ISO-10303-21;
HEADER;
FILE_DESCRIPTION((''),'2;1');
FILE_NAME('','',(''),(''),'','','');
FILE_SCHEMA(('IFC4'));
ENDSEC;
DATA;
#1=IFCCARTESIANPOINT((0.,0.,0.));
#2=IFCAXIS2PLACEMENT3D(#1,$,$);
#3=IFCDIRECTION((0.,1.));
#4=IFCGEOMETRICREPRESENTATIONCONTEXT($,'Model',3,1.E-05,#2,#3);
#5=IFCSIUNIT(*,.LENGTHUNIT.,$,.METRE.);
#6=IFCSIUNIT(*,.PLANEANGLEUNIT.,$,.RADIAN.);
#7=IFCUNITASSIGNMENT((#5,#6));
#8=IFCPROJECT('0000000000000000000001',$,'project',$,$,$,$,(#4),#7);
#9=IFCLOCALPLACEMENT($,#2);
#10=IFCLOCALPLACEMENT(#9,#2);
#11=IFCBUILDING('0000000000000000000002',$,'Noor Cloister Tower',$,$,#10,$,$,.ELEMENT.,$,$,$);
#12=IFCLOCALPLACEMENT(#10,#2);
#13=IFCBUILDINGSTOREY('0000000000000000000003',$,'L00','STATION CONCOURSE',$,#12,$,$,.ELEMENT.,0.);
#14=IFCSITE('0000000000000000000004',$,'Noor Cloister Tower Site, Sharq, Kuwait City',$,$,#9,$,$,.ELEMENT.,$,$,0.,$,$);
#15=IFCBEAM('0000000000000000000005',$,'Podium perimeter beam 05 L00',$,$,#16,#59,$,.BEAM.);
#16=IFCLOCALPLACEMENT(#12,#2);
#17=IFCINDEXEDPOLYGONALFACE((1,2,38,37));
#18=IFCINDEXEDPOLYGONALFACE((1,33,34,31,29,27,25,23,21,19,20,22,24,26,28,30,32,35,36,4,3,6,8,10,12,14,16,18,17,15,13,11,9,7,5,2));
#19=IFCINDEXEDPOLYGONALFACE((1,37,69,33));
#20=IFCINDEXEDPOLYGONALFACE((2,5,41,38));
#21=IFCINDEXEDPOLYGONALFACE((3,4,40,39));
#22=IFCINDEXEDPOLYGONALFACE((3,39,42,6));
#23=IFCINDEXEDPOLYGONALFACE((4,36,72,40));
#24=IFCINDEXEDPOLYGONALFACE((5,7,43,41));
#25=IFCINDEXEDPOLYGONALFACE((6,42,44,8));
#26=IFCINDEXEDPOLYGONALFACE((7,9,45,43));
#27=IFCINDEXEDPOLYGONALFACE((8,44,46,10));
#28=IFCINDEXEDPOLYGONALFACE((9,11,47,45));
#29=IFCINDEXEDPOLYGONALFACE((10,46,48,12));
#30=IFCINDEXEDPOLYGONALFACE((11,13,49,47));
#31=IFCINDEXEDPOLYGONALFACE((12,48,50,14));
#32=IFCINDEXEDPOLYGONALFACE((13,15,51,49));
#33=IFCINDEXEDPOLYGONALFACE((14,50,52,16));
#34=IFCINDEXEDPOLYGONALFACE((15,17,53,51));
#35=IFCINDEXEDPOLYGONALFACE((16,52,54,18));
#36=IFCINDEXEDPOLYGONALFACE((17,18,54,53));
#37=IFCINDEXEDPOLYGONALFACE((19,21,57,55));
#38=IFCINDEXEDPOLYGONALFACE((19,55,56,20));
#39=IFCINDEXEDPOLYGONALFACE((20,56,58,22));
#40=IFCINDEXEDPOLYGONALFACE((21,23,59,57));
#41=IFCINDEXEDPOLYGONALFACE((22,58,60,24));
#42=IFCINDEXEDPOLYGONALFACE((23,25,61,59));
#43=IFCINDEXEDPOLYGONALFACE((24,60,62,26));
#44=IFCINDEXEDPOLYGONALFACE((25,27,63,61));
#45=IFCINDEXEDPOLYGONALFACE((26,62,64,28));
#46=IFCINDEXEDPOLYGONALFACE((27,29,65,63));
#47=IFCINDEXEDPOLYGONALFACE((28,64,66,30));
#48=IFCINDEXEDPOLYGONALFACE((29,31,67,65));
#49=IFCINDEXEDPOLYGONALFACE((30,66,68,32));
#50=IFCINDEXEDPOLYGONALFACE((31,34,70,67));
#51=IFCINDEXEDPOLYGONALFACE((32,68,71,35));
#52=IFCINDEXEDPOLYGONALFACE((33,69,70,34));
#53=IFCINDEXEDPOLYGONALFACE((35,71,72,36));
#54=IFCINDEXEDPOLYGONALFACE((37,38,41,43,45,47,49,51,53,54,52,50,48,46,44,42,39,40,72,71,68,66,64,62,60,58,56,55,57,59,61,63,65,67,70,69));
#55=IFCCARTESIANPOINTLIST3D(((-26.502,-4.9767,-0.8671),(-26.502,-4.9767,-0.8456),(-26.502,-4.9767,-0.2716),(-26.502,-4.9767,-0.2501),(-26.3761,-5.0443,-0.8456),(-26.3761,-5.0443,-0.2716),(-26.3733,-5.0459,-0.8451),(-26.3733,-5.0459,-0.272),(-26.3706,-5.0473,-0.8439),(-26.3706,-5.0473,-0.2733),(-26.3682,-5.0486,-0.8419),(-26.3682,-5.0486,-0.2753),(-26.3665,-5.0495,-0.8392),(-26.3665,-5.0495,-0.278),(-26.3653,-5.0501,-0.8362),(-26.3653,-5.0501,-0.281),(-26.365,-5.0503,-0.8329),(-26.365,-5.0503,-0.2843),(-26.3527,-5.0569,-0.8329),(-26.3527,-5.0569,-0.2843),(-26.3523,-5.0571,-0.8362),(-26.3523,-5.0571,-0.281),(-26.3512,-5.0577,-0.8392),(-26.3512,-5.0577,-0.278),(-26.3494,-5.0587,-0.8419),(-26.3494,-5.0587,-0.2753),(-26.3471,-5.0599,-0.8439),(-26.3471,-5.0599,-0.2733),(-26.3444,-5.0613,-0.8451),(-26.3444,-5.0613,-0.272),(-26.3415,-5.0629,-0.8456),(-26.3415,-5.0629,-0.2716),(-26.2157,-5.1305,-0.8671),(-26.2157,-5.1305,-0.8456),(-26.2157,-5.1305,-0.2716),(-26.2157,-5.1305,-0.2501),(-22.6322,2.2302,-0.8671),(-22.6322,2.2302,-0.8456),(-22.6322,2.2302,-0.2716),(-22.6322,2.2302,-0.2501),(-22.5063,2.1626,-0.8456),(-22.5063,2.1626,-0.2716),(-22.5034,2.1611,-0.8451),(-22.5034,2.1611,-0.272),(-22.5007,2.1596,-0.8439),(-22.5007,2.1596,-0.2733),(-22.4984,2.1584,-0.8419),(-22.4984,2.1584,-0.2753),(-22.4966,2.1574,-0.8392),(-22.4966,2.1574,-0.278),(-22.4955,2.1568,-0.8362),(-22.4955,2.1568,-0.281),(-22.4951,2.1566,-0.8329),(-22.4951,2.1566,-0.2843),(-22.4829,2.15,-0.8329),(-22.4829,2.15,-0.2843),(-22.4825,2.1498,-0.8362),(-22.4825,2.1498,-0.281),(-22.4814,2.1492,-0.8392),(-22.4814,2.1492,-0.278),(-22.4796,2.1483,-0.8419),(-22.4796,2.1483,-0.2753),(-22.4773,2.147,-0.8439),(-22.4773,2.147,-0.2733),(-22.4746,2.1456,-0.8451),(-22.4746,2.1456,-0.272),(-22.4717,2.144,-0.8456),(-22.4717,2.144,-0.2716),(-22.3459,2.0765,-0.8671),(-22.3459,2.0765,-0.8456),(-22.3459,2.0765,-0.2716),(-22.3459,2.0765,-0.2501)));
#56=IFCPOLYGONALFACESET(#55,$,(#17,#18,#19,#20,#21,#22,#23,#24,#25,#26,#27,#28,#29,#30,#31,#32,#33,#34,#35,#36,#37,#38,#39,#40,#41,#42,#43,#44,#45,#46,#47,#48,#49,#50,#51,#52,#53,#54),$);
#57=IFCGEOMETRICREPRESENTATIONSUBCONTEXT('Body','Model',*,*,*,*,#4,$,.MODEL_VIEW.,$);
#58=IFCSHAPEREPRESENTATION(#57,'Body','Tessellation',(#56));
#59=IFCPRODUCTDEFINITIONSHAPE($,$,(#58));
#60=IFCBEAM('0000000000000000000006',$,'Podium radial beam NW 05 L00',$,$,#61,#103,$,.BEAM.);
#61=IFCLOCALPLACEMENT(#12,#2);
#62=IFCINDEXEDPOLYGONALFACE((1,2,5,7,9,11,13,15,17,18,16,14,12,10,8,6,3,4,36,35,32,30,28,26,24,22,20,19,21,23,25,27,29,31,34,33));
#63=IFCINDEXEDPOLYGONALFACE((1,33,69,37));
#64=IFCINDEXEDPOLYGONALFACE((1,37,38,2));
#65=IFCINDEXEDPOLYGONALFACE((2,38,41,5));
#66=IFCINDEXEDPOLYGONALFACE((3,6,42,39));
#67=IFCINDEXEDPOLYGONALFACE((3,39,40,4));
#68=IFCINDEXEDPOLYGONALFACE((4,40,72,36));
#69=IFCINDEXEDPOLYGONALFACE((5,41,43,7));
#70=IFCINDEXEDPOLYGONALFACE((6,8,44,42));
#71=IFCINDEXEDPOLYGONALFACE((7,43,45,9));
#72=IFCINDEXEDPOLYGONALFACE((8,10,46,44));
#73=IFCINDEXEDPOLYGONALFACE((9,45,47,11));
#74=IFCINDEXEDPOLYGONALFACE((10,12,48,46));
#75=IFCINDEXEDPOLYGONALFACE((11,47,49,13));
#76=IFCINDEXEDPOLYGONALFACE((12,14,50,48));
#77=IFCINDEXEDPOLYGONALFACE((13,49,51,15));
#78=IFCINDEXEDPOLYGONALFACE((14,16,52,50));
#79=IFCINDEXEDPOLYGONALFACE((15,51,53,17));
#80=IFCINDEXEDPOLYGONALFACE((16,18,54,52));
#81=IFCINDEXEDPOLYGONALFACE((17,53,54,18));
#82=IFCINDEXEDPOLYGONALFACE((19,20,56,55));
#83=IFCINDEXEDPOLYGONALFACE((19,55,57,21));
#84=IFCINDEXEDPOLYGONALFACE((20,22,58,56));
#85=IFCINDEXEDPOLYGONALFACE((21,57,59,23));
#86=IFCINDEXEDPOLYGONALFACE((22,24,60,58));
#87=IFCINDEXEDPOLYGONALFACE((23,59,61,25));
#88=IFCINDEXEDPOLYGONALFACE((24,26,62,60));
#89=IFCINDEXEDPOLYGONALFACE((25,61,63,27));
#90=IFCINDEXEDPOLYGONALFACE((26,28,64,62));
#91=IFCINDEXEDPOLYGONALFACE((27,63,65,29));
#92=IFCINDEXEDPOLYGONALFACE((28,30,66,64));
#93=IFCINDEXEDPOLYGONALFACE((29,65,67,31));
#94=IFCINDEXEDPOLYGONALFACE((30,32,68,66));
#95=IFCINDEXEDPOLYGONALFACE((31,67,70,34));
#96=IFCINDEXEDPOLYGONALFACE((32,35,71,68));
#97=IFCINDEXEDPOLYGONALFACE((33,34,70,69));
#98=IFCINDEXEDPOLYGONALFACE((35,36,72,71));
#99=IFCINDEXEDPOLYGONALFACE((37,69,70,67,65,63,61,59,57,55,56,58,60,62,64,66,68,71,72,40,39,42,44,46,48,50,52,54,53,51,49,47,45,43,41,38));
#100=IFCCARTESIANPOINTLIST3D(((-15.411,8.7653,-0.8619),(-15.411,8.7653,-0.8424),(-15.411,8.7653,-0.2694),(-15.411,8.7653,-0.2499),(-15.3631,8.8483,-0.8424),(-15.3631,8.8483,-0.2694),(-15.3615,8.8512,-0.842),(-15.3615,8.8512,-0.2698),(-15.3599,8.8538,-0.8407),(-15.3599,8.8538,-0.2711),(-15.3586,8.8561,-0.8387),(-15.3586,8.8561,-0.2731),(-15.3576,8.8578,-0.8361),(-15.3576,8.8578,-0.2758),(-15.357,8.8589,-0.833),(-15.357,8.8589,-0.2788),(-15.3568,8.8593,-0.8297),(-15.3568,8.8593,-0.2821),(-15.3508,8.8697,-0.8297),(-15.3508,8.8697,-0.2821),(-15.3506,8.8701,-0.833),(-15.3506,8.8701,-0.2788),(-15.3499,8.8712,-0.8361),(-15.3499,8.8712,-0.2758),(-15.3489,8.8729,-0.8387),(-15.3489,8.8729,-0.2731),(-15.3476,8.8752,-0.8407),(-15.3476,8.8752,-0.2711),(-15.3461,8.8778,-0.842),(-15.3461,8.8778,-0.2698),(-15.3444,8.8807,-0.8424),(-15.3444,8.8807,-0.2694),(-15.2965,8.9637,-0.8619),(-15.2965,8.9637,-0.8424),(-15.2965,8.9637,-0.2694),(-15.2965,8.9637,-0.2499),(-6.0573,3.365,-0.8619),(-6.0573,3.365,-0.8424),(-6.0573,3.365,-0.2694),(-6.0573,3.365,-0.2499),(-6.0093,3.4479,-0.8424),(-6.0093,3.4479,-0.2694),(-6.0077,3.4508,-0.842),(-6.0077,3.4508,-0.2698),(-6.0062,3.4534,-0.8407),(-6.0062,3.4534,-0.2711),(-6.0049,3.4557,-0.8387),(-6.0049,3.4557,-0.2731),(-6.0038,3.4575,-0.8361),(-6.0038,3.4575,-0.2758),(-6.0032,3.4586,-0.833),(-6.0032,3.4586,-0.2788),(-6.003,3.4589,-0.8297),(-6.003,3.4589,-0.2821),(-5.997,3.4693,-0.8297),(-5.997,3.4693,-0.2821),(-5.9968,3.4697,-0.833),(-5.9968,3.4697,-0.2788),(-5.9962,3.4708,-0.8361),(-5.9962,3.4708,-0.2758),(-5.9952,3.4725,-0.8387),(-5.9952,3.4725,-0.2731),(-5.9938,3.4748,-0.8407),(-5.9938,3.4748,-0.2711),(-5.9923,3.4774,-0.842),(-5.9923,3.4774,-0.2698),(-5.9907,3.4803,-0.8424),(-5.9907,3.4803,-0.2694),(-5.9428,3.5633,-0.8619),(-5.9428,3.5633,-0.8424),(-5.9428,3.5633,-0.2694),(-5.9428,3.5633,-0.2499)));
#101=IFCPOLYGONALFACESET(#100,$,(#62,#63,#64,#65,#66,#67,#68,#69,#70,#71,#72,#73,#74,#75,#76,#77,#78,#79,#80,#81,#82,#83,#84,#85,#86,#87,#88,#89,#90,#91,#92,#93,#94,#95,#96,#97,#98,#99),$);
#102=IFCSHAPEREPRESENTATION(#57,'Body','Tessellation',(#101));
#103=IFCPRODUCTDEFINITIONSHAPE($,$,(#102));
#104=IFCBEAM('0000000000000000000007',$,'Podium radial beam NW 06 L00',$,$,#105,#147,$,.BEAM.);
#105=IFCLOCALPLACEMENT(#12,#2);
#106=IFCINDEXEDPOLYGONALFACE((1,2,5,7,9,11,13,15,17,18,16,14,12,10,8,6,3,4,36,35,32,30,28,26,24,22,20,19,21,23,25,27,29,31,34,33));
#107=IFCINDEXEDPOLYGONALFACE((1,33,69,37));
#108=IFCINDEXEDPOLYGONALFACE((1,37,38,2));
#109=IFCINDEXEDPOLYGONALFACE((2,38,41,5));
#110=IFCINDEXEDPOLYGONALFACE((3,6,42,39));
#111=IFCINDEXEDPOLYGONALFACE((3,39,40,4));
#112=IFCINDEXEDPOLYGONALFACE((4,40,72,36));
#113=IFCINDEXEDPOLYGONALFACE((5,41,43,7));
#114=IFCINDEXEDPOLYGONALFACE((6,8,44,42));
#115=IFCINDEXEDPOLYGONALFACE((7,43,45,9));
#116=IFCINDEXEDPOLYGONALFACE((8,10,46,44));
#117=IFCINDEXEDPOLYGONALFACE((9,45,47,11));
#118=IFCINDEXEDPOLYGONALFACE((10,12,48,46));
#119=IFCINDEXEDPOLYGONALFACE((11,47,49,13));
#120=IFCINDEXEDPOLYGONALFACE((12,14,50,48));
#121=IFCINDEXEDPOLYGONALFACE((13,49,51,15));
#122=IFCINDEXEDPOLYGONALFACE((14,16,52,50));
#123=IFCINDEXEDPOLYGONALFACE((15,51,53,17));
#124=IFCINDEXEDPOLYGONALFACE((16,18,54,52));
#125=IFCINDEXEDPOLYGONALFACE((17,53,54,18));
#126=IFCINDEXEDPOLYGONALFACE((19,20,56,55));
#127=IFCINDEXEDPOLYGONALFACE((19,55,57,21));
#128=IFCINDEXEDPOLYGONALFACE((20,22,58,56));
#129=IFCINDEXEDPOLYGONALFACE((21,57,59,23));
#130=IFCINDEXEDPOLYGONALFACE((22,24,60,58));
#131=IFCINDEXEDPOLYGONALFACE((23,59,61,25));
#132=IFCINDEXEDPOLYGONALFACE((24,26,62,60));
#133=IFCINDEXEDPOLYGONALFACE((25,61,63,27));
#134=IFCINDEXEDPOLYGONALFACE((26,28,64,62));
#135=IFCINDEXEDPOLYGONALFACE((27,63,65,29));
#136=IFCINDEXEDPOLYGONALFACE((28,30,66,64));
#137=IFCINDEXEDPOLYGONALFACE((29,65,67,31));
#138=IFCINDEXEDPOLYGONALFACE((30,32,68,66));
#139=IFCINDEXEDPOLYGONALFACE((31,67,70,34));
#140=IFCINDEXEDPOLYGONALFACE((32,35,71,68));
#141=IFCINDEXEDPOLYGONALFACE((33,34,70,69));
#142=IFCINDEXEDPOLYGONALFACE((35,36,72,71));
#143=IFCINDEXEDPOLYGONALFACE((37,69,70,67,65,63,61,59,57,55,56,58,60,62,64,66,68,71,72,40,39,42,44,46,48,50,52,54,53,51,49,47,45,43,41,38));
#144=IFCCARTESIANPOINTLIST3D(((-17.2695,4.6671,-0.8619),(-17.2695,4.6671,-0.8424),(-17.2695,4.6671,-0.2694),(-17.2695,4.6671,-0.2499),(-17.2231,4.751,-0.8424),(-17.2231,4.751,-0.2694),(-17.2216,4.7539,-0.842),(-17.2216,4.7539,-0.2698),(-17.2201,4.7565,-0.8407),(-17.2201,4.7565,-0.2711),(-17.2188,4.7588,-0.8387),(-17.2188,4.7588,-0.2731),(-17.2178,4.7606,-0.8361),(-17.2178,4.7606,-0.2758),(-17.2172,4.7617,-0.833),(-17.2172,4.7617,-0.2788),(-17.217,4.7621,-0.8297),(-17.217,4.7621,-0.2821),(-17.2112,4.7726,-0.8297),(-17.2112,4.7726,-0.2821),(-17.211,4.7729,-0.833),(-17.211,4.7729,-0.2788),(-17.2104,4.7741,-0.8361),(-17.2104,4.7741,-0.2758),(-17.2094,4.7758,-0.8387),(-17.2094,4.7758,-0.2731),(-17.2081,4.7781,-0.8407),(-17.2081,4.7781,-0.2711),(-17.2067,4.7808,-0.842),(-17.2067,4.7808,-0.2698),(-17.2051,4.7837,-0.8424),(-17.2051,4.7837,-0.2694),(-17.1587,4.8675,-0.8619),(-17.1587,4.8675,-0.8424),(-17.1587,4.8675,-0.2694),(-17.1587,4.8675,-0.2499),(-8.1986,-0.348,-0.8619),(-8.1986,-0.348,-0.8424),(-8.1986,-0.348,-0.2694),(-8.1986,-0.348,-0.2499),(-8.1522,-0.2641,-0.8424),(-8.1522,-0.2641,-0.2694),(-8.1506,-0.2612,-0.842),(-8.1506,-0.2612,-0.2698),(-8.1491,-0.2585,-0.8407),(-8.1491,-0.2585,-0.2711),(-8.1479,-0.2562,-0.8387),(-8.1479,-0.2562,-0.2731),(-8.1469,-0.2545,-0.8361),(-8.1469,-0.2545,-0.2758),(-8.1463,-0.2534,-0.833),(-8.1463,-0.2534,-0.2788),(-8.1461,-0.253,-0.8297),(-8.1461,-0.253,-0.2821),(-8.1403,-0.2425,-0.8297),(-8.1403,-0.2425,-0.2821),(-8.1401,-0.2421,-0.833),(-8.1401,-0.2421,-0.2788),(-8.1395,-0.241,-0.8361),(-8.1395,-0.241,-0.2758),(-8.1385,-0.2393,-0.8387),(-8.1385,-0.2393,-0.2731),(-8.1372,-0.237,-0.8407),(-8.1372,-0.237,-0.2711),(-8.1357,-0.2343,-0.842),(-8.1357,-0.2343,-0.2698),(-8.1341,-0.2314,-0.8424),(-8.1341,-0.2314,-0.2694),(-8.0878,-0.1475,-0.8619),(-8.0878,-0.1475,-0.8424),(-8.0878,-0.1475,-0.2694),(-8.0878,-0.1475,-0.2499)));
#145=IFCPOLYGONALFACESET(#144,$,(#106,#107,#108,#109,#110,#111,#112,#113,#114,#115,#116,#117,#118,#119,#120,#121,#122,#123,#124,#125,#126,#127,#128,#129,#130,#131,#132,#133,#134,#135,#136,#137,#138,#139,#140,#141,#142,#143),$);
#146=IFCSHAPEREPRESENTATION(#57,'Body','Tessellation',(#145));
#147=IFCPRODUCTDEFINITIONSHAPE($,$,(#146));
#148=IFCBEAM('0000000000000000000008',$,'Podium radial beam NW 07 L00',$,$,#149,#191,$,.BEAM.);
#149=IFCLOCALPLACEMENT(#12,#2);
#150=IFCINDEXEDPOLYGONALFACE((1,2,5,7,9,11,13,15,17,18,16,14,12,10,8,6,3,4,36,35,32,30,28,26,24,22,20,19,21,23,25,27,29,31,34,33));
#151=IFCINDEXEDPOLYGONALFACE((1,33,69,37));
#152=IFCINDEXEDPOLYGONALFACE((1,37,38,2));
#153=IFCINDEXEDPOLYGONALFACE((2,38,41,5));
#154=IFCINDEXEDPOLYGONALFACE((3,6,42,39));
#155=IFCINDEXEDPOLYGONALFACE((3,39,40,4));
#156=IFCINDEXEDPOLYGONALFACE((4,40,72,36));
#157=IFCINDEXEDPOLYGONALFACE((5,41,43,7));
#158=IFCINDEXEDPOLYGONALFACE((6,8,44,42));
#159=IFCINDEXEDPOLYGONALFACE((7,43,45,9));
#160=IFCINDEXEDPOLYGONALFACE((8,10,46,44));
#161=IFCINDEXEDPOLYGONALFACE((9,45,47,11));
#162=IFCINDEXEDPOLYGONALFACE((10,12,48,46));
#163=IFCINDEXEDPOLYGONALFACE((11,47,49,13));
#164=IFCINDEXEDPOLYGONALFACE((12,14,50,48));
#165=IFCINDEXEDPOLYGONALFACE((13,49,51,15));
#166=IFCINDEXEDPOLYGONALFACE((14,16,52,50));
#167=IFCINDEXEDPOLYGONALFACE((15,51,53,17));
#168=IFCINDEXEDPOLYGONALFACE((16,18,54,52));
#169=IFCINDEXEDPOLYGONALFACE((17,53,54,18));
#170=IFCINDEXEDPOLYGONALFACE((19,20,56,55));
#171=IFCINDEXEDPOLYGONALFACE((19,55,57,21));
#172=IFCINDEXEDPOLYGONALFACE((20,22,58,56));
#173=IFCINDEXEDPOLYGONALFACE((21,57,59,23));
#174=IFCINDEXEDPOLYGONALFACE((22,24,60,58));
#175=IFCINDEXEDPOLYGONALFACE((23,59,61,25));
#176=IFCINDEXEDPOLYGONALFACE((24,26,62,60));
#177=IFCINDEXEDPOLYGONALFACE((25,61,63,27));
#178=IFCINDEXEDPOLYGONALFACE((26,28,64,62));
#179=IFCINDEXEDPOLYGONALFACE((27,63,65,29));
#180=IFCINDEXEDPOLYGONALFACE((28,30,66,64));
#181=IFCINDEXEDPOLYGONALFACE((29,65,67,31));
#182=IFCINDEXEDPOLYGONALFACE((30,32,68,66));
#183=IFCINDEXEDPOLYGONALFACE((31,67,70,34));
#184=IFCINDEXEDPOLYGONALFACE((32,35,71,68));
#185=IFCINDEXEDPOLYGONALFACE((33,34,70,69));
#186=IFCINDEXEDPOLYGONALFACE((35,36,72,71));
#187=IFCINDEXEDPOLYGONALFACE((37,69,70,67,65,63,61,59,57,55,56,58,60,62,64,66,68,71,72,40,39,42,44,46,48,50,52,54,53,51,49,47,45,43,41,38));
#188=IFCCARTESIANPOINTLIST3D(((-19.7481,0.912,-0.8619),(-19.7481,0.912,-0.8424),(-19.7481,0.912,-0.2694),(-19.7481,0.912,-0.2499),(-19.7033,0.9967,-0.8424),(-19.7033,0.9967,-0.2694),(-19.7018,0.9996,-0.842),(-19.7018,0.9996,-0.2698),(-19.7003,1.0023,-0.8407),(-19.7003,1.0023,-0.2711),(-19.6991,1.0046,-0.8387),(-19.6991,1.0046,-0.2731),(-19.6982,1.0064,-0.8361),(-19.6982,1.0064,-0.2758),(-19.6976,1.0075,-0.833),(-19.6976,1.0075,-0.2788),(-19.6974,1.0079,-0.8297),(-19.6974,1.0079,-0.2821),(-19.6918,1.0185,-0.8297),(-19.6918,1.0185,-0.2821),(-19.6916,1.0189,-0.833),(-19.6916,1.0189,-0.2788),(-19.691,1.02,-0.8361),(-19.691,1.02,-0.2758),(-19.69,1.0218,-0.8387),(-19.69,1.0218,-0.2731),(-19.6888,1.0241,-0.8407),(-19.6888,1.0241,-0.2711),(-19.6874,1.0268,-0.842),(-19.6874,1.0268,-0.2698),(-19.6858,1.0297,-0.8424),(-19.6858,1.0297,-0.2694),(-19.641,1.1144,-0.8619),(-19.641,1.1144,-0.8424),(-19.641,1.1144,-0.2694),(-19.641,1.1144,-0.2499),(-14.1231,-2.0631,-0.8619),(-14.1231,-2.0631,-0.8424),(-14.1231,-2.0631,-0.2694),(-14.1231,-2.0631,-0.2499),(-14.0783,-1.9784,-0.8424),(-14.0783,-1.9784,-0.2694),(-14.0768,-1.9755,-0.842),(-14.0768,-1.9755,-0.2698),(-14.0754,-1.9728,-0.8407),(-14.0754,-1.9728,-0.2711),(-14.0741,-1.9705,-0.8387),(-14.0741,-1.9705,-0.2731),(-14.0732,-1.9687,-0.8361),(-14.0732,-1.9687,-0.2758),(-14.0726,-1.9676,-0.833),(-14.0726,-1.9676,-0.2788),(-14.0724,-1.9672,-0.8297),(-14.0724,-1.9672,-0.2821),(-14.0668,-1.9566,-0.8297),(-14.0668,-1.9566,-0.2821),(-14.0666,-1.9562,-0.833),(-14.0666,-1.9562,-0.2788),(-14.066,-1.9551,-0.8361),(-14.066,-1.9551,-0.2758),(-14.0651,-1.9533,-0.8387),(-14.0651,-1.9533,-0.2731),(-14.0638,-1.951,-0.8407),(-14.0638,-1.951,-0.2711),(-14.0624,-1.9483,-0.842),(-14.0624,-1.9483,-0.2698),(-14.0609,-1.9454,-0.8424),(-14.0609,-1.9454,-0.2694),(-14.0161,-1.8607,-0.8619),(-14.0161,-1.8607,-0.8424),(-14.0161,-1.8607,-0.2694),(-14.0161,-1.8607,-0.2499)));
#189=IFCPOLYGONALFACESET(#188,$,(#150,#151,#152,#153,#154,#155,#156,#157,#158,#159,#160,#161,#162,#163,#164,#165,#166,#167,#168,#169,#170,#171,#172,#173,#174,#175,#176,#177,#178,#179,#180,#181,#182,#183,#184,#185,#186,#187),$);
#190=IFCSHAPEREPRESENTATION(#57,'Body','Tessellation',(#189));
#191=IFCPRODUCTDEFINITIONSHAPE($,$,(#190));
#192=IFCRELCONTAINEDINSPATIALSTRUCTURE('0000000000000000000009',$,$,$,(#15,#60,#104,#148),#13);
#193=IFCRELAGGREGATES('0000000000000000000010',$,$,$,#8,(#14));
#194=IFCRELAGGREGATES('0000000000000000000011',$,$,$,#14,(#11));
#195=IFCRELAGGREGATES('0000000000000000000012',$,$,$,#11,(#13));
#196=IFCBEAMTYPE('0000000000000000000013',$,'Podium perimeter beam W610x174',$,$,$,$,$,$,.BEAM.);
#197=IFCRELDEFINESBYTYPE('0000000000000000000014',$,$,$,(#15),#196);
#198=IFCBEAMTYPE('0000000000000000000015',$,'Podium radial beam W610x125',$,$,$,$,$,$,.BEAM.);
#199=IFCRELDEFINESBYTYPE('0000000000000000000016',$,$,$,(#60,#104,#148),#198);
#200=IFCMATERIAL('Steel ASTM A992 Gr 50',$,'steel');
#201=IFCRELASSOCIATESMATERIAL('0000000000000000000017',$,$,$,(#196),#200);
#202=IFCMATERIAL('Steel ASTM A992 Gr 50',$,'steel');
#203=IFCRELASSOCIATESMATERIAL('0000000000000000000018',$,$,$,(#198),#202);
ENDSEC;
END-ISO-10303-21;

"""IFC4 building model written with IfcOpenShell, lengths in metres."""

from ifc_helpers import new_model, si_unit, direction, frame, origin, origin_2d, place, context, subcontext, project, spatial, i_section, extrude, material, material_profile, profile_set, type_object, element, save


model = new_model("IFC4")

# Units and contexts
model_context = context("Model", 3, precision=1e-05, world=origin(), true_north=direction((0.0, 1.0)))
body_context = subcontext(model_context, "Body", "Model", "MODEL_VIEW")
ifc_project = project(units=[si_unit("LENGTHUNIT", "METRE"), si_unit("PLANEANGLEUNIT", "RADIAN")], contexts=[model_context])

# Site, building, storey
site_placement = place(None, origin())
site = spatial("IfcSite", under=ifc_project, at=site_placement, Name="Noor Cloister Tower Site, Sharq, Kuwait City", CompositionType="ELEMENT", RefElevation=0.0)
building_placement = place(site_placement, origin())
building = spatial("IfcBuilding", under=site, at=building_placement, Name="Noor Cloister Tower", CompositionType="ELEMENT")
storey_placement = place(building_placement, origin())
storey = spatial("IfcBuildingStorey", under=building, at=storey_placement, Name="L00", Description="STATION CONCOURSE", CompositionType="ELEMENT", Elevation=0.0)

# Beams
ifc_material_1 = material(Name="Steel ASTM A992 Gr 50", Category="steel")
ifc_material_profile_1 = material_profile(ifc_material_1, i_section(OverallWidth=0.325, OverallDepth=0.6169, WebThickness=0.0139, FlangeThickness=0.0215, FilletRadius=0.0127, at=origin_2d()), Name="W610x174")
ifc_profile_set_1 = profile_set([ifc_material_profile_1], Name="Steel ASTM A992 Gr 50")
beam_type_1 = type_object("IfcBeamType", Name="Podium perimeter beam W610x174", PredefinedType="BEAM", material=ifc_profile_set_1)
for number, where, z_axis, x_axis, name in (
    (1, (-22.489, 2.1533, -0.5586), (-0.473073, -0.881023, 0.0), (0.881023, -0.473073, 0.0), "Podium perimeter beam 05 L00"),
):
    element("IfcBeam", number, at=place(storey_placement, frame(where, z_axis=z_axis, x_axis=x_axis)), inside=storey, type_object=beam_type_1, Name=name, PredefinedType="BEAM", context=body_context, shape_type="SweptSolid", body=[
        extrude(i_section(OverallWidth=0.325, OverallDepth=0.6169, WebThickness=0.0139, FlangeThickness=0.0215, FilletRadius=0.0127, at=origin_2d()), origin(), (0.0, 0.0, 1.0), 8.1802),
    ])
ifc_material_2 = material(Name="Steel ASTM A992 Gr 50", Category="steel")
ifc_material_profile_2 = material_profile(ifc_material_2, i_section(OverallWidth=0.229, OverallDepth=0.6121, WebThickness=0.012, FlangeThickness=0.0195, FilletRadius=0.0127, at=origin_2d()), Name="W610x125")
ifc_profile_set_2 = profile_set([ifc_material_profile_2], Name="Steel ASTM A992 Gr 50")
beam_type_2 = type_object("IfcBeamType", Name="Podium radial beam W610x125", PredefinedType="BEAM", material=ifc_profile_set_2)
beam_1_placement = place(storey_placement, frame((-15.3538, 8.8645, -0.5559), z_axis=(0.866026, -0.5, 0.0), x_axis=(0.5, 0.866026, 0.0)))
element("IfcBeam", 2, at=beam_1_placement, inside=storey, type_object=beam_type_2, Name="Podium radial beam NW 05 L00", PredefinedType="BEAM", context=body_context, shape_type="SweptSolid", body=[
    extrude(i_section(OverallWidth=0.229, OverallDepth=0.6121, WebThickness=0.012, FlangeThickness=0.0195, FilletRadius=0.0127, at=origin_2d()), origin(), (0.0, 0.0, 1.0), 10.8008),
])
beam_2_placement = place(storey_placement, frame((-17.2141, 4.7673, -0.5559), z_axis=(0.875152, -0.483848, 0.0), x_axis=(0.483848, 0.875152, 0.0)))
element("IfcBeam", 3, at=beam_2_placement, inside=storey, type_object=beam_type_2, Name="Podium radial beam NW 06 L00", PredefinedType="BEAM", context=body_context, shape_type="SweptSolid", body=[
    extrude(i_section(OverallWidth=0.229, OverallDepth=0.6121, WebThickness=0.012, FlangeThickness=0.0195, FilletRadius=0.0127, at=origin_2d()), origin(), (0.0, 0.0, 1.0), 10.365),
])
beam_3_placement = place(storey_placement, frame((-19.6946, 1.0132, -0.5559), z_axis=(0.883973, -0.467539, 0.0), x_axis=(0.467539, 0.883973, 0.0)))
element("IfcBeam", 4, at=beam_3_placement, inside=storey, type_object=beam_type_2, Name="Podium radial beam NW 07 L00", PredefinedType="BEAM", context=body_context, shape_type="SweptSolid", body=[
    extrude(i_section(OverallWidth=0.229, OverallDepth=0.6121, WebThickness=0.012, FlangeThickness=0.0195, FilletRadius=0.0127, at=origin_2d()), origin(), (0.0, 0.0, 1.0), 6.3633),
])

save(model, "model.ifc")
